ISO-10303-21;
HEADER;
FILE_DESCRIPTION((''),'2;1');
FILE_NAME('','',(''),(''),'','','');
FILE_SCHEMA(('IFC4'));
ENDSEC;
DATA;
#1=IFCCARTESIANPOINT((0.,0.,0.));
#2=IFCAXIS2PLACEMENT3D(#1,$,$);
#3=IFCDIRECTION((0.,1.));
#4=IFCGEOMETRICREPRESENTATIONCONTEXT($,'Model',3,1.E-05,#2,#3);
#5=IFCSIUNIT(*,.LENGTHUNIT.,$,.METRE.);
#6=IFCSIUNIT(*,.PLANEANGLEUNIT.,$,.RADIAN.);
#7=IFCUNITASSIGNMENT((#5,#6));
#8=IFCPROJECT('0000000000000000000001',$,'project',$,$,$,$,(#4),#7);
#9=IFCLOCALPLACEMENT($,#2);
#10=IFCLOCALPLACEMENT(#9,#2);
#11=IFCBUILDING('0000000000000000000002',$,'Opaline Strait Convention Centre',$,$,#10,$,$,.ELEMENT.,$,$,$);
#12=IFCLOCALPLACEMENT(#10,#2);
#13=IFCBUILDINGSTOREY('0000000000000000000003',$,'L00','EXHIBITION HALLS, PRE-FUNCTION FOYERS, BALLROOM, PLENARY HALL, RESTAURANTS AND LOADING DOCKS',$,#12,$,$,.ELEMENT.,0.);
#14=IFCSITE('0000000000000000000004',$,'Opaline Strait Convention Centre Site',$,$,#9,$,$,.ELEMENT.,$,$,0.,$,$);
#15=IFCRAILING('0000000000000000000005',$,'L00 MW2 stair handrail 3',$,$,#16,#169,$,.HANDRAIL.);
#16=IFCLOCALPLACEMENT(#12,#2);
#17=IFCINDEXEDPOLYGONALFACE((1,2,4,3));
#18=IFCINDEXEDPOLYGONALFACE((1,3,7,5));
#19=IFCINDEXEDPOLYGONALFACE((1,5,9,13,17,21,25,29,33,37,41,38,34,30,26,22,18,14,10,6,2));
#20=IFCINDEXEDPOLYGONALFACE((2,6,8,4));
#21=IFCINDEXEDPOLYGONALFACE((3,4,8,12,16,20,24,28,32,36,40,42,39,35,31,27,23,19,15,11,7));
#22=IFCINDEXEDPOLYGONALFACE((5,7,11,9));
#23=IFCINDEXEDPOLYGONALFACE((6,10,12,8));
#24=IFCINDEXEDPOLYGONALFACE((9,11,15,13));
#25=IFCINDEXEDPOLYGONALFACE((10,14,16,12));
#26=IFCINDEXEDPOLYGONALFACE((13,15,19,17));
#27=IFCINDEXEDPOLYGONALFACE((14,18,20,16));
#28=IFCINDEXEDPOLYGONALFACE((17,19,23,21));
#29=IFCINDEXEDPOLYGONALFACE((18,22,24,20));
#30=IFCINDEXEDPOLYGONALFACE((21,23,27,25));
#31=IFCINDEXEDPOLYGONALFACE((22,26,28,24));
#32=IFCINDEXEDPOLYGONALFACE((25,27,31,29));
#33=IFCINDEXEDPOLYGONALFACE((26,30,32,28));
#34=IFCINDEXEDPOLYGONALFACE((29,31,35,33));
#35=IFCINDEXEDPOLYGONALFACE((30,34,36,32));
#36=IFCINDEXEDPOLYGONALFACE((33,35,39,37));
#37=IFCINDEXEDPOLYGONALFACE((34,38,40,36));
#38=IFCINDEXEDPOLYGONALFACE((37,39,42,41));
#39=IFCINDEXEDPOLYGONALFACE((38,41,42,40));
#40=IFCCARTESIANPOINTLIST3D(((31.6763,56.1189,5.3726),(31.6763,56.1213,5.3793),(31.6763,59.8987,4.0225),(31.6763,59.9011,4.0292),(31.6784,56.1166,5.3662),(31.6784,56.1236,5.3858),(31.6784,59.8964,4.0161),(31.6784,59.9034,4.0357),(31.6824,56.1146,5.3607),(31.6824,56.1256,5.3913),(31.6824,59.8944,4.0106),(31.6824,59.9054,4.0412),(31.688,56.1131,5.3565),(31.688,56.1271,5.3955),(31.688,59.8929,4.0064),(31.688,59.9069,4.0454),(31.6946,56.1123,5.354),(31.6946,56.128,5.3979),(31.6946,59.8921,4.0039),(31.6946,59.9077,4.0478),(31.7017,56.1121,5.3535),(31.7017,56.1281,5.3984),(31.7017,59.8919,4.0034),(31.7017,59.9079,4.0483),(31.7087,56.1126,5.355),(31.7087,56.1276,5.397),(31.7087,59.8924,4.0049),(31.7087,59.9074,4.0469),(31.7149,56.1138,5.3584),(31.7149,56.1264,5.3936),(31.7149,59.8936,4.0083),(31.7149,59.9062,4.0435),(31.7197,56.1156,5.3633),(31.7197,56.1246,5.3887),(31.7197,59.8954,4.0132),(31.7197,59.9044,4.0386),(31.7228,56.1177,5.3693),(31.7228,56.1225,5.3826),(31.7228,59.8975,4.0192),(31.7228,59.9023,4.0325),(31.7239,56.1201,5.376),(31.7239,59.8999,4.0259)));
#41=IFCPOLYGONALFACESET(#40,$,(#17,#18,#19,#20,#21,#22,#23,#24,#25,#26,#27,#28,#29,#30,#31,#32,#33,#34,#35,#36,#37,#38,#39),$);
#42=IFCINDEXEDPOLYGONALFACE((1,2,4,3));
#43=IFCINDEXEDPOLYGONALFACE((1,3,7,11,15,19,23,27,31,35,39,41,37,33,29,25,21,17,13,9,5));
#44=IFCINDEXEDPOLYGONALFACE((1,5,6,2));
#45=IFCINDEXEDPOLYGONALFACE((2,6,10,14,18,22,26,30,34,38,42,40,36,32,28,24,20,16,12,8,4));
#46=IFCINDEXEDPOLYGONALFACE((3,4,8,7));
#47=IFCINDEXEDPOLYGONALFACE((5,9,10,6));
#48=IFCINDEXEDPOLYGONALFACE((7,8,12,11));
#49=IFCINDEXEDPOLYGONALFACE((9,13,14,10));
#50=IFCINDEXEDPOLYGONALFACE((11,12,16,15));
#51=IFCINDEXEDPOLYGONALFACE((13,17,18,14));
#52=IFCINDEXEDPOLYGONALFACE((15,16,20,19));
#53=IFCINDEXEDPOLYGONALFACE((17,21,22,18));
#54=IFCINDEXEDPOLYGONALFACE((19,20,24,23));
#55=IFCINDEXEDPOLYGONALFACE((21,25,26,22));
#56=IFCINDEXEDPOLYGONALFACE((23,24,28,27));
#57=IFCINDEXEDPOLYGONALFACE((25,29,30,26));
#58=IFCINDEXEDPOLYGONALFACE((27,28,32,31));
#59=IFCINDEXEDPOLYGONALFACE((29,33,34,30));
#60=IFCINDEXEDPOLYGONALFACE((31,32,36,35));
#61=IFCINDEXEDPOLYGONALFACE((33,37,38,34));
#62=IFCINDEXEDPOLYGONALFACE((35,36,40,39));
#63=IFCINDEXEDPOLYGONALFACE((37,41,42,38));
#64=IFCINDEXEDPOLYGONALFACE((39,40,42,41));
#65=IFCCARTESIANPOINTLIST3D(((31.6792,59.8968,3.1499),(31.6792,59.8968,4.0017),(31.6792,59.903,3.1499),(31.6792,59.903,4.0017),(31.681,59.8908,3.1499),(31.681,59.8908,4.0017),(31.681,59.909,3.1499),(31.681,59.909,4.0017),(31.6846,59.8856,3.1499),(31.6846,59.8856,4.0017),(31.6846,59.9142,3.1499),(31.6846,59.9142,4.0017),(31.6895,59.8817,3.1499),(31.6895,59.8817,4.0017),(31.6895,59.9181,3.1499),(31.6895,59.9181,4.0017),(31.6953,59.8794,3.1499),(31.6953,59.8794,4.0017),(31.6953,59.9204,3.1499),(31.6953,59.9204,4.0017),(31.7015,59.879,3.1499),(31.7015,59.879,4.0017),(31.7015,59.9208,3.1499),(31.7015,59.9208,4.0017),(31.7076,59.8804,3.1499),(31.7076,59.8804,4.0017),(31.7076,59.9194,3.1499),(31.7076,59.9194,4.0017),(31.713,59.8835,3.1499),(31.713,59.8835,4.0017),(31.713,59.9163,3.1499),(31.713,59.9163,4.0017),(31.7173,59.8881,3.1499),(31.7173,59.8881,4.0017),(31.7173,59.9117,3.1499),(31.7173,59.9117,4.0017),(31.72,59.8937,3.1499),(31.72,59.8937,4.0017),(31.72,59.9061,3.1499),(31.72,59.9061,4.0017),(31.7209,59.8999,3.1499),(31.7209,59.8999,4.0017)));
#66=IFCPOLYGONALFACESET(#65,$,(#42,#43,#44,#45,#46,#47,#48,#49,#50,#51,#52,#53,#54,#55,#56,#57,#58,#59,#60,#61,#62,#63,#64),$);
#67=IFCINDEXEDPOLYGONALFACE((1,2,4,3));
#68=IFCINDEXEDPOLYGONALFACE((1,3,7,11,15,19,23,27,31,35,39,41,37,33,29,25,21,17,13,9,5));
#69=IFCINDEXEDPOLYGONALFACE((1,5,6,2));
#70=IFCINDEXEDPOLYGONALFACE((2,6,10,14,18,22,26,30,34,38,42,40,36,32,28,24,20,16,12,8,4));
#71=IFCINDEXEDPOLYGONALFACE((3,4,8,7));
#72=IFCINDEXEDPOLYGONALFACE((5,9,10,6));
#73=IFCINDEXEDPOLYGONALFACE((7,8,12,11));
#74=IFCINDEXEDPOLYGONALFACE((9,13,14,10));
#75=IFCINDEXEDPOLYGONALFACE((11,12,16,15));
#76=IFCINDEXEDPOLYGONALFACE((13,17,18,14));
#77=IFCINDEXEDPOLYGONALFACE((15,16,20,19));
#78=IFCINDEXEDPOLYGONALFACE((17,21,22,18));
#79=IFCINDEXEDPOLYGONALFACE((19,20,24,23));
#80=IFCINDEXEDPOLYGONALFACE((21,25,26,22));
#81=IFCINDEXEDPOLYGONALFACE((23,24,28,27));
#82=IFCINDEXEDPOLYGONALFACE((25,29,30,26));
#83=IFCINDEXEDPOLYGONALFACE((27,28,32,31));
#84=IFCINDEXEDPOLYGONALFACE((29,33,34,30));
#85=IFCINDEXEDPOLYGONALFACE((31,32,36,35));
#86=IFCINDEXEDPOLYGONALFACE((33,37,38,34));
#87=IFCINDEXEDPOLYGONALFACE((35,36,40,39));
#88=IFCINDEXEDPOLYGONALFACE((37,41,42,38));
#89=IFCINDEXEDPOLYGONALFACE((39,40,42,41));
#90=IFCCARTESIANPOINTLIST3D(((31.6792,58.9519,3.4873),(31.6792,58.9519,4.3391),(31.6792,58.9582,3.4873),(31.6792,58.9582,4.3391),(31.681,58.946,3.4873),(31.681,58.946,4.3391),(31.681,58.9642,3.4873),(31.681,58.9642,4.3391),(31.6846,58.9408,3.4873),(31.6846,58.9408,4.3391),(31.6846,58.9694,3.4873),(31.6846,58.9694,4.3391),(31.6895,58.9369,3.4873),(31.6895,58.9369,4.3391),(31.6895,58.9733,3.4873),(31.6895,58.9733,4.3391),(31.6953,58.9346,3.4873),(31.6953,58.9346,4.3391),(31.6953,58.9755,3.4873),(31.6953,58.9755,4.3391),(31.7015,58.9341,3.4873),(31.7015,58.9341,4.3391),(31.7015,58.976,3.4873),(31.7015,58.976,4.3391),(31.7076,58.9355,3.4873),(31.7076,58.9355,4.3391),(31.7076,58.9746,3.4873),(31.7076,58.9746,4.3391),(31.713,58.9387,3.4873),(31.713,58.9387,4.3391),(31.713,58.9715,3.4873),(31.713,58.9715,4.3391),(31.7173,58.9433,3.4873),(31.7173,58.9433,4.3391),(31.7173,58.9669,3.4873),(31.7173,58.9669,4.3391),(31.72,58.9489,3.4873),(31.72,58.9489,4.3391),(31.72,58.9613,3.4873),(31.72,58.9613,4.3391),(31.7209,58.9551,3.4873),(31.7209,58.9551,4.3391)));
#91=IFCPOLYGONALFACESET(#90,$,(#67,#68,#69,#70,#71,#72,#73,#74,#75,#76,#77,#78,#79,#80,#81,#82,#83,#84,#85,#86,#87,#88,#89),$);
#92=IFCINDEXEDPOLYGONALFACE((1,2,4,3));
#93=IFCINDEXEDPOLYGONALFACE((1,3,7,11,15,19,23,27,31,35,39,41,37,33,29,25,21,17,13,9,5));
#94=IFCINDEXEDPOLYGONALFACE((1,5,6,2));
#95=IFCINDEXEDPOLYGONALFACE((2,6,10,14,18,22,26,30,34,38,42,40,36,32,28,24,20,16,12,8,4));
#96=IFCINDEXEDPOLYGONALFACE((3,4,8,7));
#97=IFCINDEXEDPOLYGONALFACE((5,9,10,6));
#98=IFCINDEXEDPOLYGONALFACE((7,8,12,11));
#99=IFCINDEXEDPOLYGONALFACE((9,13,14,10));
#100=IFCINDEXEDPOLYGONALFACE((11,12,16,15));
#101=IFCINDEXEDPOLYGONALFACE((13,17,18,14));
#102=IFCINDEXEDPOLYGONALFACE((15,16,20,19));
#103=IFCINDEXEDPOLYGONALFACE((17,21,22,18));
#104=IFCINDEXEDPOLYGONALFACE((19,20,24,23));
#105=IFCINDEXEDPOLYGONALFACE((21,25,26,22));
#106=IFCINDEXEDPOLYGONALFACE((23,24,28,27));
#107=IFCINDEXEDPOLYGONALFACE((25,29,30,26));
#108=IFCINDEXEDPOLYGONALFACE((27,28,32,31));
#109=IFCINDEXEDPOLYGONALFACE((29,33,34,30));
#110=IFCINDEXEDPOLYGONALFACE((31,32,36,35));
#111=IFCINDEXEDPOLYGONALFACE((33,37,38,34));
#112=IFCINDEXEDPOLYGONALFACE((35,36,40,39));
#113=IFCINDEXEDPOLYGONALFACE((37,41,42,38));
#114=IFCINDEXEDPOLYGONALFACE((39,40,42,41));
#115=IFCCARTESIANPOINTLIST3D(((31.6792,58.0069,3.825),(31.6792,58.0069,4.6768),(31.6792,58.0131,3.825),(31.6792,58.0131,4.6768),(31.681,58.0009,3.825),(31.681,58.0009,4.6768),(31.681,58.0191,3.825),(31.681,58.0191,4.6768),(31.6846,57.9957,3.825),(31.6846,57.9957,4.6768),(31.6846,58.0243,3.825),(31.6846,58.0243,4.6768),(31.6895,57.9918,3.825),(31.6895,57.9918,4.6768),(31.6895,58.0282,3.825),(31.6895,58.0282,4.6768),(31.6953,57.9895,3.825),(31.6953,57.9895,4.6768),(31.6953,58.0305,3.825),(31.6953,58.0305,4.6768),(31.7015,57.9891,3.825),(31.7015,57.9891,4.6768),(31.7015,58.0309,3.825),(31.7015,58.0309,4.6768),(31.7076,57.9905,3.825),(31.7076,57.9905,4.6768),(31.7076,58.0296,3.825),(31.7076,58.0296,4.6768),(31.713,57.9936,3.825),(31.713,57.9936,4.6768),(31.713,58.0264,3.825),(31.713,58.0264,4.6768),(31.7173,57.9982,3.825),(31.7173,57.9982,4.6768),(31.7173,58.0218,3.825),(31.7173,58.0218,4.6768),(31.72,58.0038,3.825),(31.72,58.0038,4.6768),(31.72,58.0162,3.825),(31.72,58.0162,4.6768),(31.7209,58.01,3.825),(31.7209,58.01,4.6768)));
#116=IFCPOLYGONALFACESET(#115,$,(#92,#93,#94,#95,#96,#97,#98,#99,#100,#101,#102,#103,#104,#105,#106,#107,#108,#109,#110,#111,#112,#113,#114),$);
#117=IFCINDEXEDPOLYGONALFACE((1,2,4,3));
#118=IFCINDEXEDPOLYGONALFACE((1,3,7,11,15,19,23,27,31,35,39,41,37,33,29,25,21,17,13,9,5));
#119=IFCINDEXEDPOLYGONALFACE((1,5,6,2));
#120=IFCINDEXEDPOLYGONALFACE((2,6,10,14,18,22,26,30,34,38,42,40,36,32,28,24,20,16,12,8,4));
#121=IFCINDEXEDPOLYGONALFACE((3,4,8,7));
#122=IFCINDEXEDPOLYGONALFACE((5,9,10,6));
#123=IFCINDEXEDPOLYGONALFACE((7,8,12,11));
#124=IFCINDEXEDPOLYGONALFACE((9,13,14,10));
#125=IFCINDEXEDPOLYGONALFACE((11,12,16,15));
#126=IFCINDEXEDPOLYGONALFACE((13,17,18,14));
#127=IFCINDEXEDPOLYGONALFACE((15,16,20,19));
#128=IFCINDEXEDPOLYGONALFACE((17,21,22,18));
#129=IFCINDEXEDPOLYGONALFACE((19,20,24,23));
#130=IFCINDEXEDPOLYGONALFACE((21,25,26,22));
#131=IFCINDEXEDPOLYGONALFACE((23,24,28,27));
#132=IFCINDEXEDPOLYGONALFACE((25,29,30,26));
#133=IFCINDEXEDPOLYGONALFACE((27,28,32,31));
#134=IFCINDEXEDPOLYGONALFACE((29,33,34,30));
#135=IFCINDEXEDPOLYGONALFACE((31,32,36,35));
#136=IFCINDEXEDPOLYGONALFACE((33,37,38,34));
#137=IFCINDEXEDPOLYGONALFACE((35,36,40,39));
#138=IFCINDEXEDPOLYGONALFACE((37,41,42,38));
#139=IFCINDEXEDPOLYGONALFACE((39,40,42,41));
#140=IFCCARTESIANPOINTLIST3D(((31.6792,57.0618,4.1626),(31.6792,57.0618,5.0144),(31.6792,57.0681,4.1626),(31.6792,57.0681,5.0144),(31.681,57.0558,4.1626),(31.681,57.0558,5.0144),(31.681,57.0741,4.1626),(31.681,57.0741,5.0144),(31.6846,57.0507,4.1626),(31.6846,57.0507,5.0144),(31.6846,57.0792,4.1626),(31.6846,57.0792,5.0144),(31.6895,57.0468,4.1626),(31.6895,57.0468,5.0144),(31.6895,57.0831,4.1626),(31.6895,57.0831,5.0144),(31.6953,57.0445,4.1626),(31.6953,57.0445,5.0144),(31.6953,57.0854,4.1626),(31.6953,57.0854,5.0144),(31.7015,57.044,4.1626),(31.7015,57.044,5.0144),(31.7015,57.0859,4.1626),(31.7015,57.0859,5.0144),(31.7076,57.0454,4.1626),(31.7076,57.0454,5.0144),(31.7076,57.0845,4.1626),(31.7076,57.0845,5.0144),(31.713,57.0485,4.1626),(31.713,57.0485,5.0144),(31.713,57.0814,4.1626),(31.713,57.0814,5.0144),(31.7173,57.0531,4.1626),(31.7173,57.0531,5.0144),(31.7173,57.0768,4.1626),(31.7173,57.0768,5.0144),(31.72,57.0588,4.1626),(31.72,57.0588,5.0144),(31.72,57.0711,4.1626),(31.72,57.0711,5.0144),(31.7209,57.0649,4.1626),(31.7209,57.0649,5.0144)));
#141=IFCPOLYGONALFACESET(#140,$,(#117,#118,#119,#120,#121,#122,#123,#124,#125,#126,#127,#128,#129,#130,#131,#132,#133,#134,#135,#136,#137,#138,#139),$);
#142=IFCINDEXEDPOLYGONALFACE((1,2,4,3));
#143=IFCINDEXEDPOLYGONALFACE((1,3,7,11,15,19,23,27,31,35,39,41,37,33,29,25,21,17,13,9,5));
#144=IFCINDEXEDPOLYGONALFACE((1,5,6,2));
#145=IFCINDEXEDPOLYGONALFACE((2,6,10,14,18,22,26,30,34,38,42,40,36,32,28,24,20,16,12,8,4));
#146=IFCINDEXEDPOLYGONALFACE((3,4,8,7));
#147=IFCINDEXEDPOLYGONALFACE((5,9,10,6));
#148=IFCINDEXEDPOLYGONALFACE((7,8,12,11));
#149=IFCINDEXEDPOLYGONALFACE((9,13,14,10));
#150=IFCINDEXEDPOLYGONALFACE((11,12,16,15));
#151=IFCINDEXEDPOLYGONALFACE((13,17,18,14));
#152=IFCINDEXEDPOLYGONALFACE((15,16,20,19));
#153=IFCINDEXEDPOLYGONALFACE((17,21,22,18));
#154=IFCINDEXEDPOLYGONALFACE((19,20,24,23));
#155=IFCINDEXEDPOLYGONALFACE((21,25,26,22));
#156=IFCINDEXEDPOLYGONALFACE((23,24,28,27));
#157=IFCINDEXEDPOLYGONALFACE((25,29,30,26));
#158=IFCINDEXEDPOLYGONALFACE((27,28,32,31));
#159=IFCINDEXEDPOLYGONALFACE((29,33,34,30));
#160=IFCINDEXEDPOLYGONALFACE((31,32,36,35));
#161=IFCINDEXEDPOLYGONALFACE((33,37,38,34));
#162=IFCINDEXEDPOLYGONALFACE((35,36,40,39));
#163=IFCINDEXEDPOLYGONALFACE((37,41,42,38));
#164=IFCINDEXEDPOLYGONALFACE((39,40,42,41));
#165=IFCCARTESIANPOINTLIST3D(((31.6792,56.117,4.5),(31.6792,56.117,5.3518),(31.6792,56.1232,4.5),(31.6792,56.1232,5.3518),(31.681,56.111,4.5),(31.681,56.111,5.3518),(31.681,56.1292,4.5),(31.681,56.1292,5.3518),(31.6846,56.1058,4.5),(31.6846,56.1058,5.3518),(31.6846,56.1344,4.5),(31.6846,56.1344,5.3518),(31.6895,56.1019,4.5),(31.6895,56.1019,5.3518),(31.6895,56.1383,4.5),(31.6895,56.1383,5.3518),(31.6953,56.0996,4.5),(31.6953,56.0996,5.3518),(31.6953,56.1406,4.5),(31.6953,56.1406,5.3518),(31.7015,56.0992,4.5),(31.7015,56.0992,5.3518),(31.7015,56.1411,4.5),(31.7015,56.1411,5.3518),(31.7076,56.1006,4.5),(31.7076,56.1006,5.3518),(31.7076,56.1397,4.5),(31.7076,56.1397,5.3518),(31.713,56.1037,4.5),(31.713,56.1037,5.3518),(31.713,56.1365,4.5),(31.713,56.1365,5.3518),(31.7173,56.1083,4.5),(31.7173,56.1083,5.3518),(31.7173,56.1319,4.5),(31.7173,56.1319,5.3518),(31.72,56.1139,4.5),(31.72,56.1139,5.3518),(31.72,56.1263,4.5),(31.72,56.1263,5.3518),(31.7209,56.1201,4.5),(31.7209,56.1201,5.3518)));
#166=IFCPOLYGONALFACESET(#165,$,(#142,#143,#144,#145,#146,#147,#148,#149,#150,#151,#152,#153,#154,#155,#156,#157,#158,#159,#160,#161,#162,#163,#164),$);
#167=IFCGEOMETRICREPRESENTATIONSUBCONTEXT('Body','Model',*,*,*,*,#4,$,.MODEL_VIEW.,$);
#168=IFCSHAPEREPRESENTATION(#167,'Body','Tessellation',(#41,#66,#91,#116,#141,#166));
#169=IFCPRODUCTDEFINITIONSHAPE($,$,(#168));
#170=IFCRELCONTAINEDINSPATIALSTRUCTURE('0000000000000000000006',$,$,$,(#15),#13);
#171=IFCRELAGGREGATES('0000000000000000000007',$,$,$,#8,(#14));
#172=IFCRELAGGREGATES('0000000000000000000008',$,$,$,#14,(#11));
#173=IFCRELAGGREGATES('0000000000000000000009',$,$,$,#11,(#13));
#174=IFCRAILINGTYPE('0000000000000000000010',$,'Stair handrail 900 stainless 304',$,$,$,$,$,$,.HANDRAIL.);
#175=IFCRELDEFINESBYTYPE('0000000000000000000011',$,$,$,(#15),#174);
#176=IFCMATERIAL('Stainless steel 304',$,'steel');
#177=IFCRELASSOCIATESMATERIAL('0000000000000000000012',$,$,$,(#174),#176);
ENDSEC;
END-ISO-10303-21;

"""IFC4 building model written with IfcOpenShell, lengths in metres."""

from ifc_helpers import new_model, si_unit, direction, frame, origin, origin_2d, place, context, subcontext, project, spatial, circle, extrude, material, type_object, element, save


model = new_model("IFC4")

# Units and contexts
model_context = context("Model", 3, precision=1e-05, world=origin(), true_north=direction((0.0, 1.0)))
body_context = subcontext(model_context, "Body", "Model", "MODEL_VIEW")
ifc_project = project(units=[si_unit("LENGTHUNIT", "METRE"), si_unit("PLANEANGLEUNIT", "RADIAN")], contexts=[model_context])

# Site, building, storey
site_placement = place(None, origin())
site = spatial("IfcSite", under=ifc_project, at=site_placement, Name="Opaline Strait Convention Centre Site", CompositionType="ELEMENT", RefElevation=0.0)
building_placement = place(site_placement, origin())
building = spatial("IfcBuilding", under=site, at=building_placement, Name="Opaline Strait Convention Centre", CompositionType="ELEMENT")
storey_placement = place(building_placement, origin())
storey = spatial("IfcBuildingStorey", under=building, at=storey_placement, Name="L00", Description="EXHIBITION HALLS, PRE-FUNCTION FOYERS, BALLROOM, PLENARY HALL, RESTAURANTS AND LOADING DOCKS", CompositionType="ELEMENT", Elevation=0.0)

# Railing
ifc_material_1 = material(Name="Stainless steel 304", Category="steel")
railing_type_1 = type_object("IfcRailingType", Name="Stair handrail 900 stainless 304", PredefinedType="HANDRAIL", material=ifc_material_1)
for number, where, name in (
    (1, (31.7, 59.8999, 3.1499), "L00 MW2 stair handrail 3"),
):
    element("IfcRailing", number, at=place(storey_placement, frame(where)), inside=storey, type_object=railing_type_1, Name=name, PredefinedType="HANDRAIL", context=body_context, shape_type="SweptSolid", body=[
        extrude(circle(Radius=0.0239, at=origin_2d()), frame((0.0, 0.0, 0.876), z_axis=(0.0, -0.941728, 0.336375), x_axis=(1.0, 0.0, 0.0)), (0.0, 0.0, 1.0), 4.0137),
        extrude(circle(Radius=0.021, at=origin_2d()), origin(), (0.0, 0.0, 1.0), 0.8518),
        extrude(circle(Radius=0.021, at=origin_2d()), frame((0.0, -0.9448, 0.3374)), (0.0, 0.0, 1.0), 0.8518),
        extrude(circle(Radius=0.021, at=origin_2d()), frame((0.0, -1.8899, 0.675)), (0.0, 0.0, 1.0), 0.8518),
        extrude(circle(Radius=0.021, at=origin_2d()), frame((0.0, -2.835, 1.0127)), (0.0, 0.0, 1.0), 0.8518),
        extrude(circle(Radius=0.021, at=origin_2d()), frame((0.0, -3.7798, 1.3501)), (0.0, 0.0, 1.0), 0.8518),
    ])

save(model, "model.ifc")
